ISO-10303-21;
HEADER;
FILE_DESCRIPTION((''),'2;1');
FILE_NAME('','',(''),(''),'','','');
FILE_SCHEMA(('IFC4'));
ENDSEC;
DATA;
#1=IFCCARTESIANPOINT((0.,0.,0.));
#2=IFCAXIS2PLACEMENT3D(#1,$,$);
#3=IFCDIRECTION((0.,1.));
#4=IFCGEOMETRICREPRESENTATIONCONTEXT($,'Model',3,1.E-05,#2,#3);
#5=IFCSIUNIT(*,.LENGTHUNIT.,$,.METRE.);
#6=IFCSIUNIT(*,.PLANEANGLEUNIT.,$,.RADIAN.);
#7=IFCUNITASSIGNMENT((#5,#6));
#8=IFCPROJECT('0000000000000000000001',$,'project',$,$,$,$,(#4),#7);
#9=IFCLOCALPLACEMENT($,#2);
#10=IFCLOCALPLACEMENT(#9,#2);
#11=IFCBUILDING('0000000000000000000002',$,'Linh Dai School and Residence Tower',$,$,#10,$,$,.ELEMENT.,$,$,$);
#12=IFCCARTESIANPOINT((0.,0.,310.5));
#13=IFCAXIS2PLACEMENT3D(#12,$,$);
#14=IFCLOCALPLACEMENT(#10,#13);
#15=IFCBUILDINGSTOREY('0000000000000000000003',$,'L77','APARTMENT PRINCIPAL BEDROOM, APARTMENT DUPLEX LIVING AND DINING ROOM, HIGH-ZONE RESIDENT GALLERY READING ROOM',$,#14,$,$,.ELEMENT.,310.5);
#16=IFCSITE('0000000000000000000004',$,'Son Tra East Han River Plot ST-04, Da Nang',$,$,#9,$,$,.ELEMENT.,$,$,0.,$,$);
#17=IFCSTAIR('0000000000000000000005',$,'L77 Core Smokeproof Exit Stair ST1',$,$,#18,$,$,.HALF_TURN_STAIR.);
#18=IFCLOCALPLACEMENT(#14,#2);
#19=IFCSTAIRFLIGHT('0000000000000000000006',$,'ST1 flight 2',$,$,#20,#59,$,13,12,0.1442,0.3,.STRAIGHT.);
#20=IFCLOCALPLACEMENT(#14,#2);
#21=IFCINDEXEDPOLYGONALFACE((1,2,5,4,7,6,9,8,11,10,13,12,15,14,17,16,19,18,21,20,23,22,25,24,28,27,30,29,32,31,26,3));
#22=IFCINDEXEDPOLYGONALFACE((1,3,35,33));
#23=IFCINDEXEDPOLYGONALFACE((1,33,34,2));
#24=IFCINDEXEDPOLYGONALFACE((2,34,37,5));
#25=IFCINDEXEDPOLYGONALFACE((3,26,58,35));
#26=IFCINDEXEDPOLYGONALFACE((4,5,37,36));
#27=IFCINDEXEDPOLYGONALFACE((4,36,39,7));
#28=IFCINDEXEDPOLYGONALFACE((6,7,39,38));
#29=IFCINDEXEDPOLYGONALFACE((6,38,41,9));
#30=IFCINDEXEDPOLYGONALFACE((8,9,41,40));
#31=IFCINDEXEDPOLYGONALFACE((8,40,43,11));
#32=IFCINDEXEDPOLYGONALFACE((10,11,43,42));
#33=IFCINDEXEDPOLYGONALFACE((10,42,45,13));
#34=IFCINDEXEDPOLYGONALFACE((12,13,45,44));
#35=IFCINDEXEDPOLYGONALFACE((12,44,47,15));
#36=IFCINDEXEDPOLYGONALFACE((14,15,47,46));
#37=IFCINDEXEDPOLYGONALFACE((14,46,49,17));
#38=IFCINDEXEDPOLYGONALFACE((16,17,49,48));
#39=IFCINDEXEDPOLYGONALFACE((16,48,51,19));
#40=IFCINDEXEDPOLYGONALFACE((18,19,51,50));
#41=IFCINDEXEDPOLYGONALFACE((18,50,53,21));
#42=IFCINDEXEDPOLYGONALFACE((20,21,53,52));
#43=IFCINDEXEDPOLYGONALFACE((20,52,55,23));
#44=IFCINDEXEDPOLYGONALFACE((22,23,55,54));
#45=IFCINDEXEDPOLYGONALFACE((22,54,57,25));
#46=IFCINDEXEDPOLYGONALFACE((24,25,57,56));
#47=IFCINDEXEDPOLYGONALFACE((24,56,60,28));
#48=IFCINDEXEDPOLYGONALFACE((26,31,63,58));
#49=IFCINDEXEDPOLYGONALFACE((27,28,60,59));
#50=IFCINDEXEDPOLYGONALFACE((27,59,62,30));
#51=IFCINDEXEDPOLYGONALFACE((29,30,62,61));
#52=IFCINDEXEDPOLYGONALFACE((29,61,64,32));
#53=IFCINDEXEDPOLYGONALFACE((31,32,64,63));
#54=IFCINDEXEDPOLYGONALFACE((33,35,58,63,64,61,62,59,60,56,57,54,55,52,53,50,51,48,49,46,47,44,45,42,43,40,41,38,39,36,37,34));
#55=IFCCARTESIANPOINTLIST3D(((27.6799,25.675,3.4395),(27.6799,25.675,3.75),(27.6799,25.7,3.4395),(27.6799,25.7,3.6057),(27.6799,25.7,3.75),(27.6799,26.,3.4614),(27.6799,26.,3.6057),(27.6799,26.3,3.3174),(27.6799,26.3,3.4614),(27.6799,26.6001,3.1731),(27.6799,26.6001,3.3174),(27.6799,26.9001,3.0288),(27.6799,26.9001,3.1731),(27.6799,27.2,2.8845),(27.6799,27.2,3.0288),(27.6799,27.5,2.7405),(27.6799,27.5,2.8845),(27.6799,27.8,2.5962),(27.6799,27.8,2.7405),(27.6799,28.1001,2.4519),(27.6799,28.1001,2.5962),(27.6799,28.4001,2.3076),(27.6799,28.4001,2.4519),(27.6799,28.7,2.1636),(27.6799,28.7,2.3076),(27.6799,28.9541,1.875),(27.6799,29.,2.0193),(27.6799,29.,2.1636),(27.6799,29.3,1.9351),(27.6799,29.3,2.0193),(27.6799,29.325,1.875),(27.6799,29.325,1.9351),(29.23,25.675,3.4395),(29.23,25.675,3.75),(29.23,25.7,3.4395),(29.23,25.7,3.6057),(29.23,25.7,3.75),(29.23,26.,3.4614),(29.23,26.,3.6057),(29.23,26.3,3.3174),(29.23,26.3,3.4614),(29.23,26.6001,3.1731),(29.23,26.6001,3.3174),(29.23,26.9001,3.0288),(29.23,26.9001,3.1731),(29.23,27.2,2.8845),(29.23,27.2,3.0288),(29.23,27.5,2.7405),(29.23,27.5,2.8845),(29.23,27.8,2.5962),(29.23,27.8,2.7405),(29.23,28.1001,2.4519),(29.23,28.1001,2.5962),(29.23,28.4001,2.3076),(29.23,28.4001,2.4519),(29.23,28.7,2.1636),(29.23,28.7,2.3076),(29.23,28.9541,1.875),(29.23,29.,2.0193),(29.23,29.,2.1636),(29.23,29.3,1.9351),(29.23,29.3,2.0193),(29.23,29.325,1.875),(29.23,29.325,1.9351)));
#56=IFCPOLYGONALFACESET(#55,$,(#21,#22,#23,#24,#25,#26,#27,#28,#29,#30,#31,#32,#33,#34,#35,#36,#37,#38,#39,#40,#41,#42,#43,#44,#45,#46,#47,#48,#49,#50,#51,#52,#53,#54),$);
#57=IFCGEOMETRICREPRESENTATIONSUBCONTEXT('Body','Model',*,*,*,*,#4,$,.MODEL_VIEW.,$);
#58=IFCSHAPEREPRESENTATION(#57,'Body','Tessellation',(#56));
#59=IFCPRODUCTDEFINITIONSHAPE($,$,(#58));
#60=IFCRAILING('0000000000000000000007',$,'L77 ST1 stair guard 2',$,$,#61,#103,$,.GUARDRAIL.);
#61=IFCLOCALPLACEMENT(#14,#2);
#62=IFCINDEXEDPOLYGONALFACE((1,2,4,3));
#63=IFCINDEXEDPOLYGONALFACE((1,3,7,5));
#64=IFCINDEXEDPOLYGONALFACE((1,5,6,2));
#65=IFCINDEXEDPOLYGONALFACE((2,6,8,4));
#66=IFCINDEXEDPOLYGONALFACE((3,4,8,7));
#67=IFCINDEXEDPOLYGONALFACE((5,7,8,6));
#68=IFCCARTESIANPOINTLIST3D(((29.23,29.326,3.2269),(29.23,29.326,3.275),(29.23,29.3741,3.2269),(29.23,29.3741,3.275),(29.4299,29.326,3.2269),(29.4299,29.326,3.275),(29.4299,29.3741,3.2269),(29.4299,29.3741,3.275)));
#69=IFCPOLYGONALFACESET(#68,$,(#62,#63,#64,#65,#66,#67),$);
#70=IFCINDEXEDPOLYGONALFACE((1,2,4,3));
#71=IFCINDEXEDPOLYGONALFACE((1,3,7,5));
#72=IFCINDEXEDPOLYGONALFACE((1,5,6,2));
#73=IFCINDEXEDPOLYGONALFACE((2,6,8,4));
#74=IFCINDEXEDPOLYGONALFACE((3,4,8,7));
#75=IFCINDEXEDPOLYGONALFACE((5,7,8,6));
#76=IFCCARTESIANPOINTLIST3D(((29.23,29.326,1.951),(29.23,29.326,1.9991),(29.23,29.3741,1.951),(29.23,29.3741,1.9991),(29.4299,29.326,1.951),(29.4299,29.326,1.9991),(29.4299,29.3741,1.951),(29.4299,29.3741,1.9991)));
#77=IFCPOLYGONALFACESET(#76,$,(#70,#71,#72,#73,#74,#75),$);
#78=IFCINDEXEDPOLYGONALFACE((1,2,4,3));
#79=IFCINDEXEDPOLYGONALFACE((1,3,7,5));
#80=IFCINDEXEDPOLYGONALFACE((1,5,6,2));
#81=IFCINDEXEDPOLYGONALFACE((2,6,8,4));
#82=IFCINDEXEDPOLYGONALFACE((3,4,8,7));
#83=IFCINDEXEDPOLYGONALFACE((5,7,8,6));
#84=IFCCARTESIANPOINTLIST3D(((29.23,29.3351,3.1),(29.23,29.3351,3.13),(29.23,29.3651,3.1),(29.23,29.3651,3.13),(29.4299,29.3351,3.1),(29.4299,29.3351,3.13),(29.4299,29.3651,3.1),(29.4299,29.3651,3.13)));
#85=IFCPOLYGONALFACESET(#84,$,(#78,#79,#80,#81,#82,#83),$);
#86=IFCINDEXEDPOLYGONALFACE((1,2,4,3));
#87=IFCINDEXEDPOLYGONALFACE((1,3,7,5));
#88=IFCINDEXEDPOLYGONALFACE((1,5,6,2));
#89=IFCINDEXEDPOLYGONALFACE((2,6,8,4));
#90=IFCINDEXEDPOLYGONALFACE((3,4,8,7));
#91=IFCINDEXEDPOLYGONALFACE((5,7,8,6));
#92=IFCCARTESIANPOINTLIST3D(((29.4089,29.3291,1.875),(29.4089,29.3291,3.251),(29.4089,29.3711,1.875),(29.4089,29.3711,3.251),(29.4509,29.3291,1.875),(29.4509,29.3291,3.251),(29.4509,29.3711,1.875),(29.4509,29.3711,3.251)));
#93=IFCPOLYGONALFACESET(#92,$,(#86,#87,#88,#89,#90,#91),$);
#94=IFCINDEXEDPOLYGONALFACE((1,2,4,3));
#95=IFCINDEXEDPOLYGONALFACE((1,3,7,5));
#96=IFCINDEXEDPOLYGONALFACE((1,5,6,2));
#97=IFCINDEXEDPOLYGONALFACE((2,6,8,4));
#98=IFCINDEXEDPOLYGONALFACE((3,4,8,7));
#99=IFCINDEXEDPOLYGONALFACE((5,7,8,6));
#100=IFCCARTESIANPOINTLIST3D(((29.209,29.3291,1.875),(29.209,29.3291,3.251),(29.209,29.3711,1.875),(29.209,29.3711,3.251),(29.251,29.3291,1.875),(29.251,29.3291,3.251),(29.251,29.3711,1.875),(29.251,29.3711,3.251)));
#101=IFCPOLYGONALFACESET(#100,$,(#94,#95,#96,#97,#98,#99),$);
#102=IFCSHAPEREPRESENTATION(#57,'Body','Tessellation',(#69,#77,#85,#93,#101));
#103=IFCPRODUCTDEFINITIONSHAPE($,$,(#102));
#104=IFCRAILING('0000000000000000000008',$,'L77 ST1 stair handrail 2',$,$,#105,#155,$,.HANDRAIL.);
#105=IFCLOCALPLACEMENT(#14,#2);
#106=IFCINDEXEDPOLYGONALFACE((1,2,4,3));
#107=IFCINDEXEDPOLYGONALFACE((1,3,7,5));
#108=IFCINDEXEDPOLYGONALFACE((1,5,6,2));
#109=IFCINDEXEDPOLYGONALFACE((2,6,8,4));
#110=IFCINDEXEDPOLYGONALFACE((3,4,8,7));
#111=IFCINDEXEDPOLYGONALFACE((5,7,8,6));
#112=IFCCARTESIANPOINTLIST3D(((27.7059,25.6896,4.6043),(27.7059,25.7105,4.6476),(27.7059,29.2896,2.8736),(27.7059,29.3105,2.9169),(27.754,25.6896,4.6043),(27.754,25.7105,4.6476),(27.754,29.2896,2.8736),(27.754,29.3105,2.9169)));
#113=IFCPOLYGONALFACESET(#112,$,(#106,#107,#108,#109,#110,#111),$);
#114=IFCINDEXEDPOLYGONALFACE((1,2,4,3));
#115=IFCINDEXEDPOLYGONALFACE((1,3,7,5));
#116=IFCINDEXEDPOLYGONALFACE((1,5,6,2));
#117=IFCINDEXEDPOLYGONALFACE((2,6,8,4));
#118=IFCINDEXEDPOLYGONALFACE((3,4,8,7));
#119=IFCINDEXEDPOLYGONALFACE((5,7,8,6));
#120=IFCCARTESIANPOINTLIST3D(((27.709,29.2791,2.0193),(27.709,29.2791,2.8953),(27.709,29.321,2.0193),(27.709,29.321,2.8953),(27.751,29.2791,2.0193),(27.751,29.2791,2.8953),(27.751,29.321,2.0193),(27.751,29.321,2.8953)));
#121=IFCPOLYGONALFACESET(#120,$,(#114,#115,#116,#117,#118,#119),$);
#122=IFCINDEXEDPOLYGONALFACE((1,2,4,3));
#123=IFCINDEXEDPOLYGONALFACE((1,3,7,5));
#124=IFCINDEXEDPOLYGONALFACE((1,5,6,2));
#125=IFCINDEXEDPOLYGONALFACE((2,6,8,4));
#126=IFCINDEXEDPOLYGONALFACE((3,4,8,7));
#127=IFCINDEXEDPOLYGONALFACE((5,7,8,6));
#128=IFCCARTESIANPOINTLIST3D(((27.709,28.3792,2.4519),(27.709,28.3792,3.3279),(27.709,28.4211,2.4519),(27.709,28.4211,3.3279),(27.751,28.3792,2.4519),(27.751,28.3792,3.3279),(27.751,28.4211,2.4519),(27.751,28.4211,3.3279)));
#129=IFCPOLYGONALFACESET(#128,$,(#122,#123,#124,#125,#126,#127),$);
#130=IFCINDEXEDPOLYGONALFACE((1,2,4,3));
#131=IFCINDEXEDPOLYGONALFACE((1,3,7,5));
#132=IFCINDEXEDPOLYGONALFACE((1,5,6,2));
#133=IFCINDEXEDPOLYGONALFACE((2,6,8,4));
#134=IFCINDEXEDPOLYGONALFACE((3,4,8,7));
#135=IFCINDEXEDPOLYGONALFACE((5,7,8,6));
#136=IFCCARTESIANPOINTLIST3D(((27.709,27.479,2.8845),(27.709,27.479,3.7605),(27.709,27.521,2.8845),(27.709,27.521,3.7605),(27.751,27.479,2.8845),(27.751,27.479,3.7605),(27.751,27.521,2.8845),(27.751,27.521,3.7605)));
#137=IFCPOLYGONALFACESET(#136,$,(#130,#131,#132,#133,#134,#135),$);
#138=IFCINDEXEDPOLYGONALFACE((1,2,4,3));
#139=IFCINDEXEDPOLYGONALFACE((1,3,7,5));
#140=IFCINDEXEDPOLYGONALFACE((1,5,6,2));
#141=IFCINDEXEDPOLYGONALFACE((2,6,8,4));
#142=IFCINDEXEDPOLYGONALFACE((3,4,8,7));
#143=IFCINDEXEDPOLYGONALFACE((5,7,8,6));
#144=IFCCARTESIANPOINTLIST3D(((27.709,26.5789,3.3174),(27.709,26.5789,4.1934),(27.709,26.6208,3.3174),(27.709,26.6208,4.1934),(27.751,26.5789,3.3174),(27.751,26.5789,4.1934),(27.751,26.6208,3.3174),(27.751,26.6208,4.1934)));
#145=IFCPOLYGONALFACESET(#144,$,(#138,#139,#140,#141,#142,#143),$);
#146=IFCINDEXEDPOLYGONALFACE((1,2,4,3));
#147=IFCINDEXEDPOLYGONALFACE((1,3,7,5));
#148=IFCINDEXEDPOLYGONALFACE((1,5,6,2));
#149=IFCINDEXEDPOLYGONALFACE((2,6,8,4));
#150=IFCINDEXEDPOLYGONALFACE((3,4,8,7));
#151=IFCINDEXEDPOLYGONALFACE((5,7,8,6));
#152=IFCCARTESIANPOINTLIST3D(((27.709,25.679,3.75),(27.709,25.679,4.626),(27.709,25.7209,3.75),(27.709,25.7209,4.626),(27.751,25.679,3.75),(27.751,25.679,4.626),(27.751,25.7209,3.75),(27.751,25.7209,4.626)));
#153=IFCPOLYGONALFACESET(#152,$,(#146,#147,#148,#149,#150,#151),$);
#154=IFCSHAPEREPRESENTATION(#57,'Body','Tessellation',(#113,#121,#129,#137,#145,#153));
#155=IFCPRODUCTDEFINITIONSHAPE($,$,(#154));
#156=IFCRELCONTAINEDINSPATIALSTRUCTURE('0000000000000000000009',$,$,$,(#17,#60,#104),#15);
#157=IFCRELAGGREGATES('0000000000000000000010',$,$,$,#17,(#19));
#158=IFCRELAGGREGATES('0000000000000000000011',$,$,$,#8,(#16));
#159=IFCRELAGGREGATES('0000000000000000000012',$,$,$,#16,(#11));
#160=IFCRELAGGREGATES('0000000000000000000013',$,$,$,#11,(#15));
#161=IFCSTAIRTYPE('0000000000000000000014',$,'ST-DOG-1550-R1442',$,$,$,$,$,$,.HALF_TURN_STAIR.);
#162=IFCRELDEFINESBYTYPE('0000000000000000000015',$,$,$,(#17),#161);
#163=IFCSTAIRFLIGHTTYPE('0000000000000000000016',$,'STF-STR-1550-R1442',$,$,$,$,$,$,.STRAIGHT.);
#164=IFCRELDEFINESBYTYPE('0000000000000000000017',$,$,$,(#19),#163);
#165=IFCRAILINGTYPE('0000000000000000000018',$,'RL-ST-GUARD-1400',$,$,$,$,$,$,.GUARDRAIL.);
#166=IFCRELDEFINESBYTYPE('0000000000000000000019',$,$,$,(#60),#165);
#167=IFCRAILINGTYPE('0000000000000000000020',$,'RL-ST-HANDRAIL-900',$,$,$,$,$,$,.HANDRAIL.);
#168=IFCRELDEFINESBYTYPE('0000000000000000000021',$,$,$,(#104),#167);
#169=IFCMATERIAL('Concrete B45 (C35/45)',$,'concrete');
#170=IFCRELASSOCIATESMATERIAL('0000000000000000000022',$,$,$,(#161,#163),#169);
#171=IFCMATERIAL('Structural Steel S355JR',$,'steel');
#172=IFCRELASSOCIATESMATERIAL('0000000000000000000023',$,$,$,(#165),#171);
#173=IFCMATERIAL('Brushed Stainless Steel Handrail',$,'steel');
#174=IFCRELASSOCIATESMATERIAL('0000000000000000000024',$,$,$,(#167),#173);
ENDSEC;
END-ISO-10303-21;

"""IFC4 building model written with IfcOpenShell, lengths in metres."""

from ifc_helpers import new_model, si_unit, direction, frame, origin, origin_2d, place, context, subcontext, project, spatial, polyline, rectangle, outline, extrude, source, transform, mapped, material, type_object, element, aggregate, save


model = new_model("IFC4")

# Units and contexts
model_context = context("Model", 3, precision=1e-05, world=origin(), true_north=direction((0.0, 1.0)))
body_context = subcontext(model_context, "Body", "Model", "MODEL_VIEW")
ifc_project = project(units=[si_unit("LENGTHUNIT", "METRE"), si_unit("PLANEANGLEUNIT", "RADIAN")], contexts=[model_context])

# Site, building, storey
site_placement = place(None, origin())
site = spatial("IfcSite", under=ifc_project, at=site_placement, Name="Son Tra East Han River Plot ST-04, Da Nang", CompositionType="ELEMENT", RefElevation=0.0)
building_placement = place(site_placement, origin())
building = spatial("IfcBuilding", under=site, at=building_placement, Name="Linh Dai School and Residence Tower", CompositionType="ELEMENT")
storey_placement = place(building_placement, frame((0.0, 0.0, 310.5)))
storey = spatial("IfcBuildingStorey", under=building, at=storey_placement, Name="L77", Description="APARTMENT PRINCIPAL BEDROOM, APARTMENT DUPLEX LIVING AND DINING ROOM, HIGH-ZONE RESIDENT GALLERY READING ROOM", CompositionType="ELEMENT", Elevation=310.5)

# Shared definitions
ifc_material_1 = material(Name="Structural Steel S355JR", Category="steel")

# Shared definitions
ifc_material_2 = material(Name="Concrete B45 (C35/45)", Category="concrete")

# Stair, stair flight
stair_type = type_object("IfcStairType", Name="ST-DOG-1550-R1442", PredefinedType="HALF_TURN_STAIR", material=ifc_material_2)
stair_placement = place(storey_placement, origin())
stair = element("IfcStair", 1, at=stair_placement, inside=storey, type_object=stair_type, Name="L77 Core Smokeproof Exit Stair ST1", PredefinedType="HALF_TURN_STAIR")
stair_flight_type = type_object("IfcStairFlightType", Name="STF-STR-1550-R1442", PredefinedType="STRAIGHT", material=ifc_material_2)
shared_shape_1 = source(origin(), body_context, "Body", "SweptSolid", [
    extrude(outline(polyline([(-0.0249, 0.0), (-0.0249, 0.0601), (0.0, 0.0601), (0.0, 0.1443), (0.3, 0.1443), (0.3, 0.2886), (0.6001, 0.2886), (0.6001, 0.4326), (0.8999, 0.4326), (0.8999, 0.5769), (1.2, 0.5769), (1.2, 0.7212), (1.5, 0.7212), (1.5, 0.8655), (1.8, 0.8655), (1.8, 1.0095), (2.1001, 1.0095), (2.1001, 1.1538), (2.3999, 1.1538), (2.3999, 1.2981), (2.7, 1.2981), (2.7, 1.4424), (3.0, 1.4424), (3.0, 1.5864), (3.3, 1.5864), (3.3, 1.7307), (3.6001, 1.7307), (3.6001, 1.875), (3.625, 1.875), (3.625, 1.5645), (3.6001, 1.5645), (0.3459, 0.0), (-0.0249, 0.0)])), frame((0.0, 0.7749, 0.0), z_axis=(0.0, -1.0, 0.0), x_axis=(1.0, 0.0, 0.0)), (0.0, 0.0, 1.0), 1.55),
])
stair_flight_placement = place(storey_placement, frame((28.4551, 29.3, 1.875), z_axis=(0.0, 0.0, 1.0), x_axis=(0.0, -1.0, 0.0)))
stair_flight = element("IfcStairFlight", 2, at=stair_flight_placement, type_object=stair_flight_type, Name="ST1 flight 2", NumberOfRisers=13, NumberOfTreads=12, PredefinedType="STRAIGHT", RiserHeight=0.1442, TreadLength=0.3, context=body_context, shape_type="MappedRepresentation", body=[
    mapped(shared_shape_1, transform((0.0, 0.0, 0.0), x_axis=(1.0, 0.0, 0.0), y_axis=(0.0, 1.0, 0.0), z_axis=(0.0, 0.0, 1.0), scale=1.0)),
])
aggregate(stair, [stair_flight])

# Railings
railing_type_1 = type_object("IfcRailingType", Name="RL-ST-GUARD-1400", PredefinedType="GUARDRAIL", material=ifc_material_1)
shared_shape_2 = source(origin(), body_context, "Body", "SweptSolid", [
    extrude(rectangle(XDim=0.0481, YDim=0.0481, at=origin_2d()), frame((0.0, 0.0, 1.376), z_axis=(-1.0, 0.0, 0.0), x_axis=(0.0, -1.0, 0.0)), (0.0, 0.0, 1.0), 0.2),
    extrude(rectangle(XDim=0.0481, YDim=0.0481, at=origin_2d()), frame((0.0, 0.0, 0.1001), z_axis=(-1.0, 0.0, 0.0), x_axis=(0.0, -1.0, 0.0)), (0.0, 0.0, 1.0), 0.2),
    extrude(rectangle(XDim=0.03, YDim=0.03, at=origin_2d()), frame((0.0, 0.0, 1.24), z_axis=(-1.0, 0.0, 0.0), x_axis=(0.0, -1.0, 0.0)), (0.0, 0.0, 1.0), 0.2),
    extrude(rectangle(XDim=0.042, YDim=0.042, at=origin_2d()), origin(), (0.0, 0.0, 1.0), 1.376),
    extrude(rectangle(XDim=0.042, YDim=0.042, at=origin_2d()), frame((-0.2, 0.0, 0.0)), (0.0, 0.0, 1.0), 1.376),
])
railing_1_placement = place(storey_placement, frame((29.4299, 29.3501, 1.875)))
element("IfcRailing", 3, at=railing_1_placement, inside=storey, type_object=railing_type_1, Name="L77 ST1 stair guard 2", PredefinedType="GUARDRAIL", context=body_context, shape_type="MappedRepresentation", body=[
    mapped(shared_shape_2, transform((0.0, 0.0, 0.0), x_axis=(1.0, 0.0, 0.0), y_axis=(0.0, 1.0, 0.0), z_axis=(0.0, 0.0, 1.0), scale=1.0)),
])
ifc_material_3 = material(Name="Brushed Stainless Steel Handrail", Category="steel")
railing_type_2 = type_object("IfcRailingType", Name="RL-ST-HANDRAIL-900", PredefinedType="HANDRAIL", material=ifc_material_3)
shared_shape_3 = source(origin(), body_context, "Body", "SweptSolid", [
    extrude(rectangle(XDim=0.0481, YDim=0.0481, at=origin_2d()), frame((0.0, 0.0, 0.876), z_axis=(0.0, -0.901263, 0.433273), x_axis=(1.0, 0.0, 0.0)), (0.0, 0.0, 1.0), 3.9944),
    extrude(rectangle(XDim=0.042, YDim=0.042, at=origin_2d()), origin(), (0.0, 0.0, 1.0), 0.876),
    extrude(rectangle(XDim=0.042, YDim=0.042, at=origin_2d()), frame((0.0, -0.8999, 0.4326)), (0.0, 0.0, 1.0), 0.876),
    extrude(rectangle(XDim=0.042, YDim=0.042, at=origin_2d()), frame((0.0, -1.8, 0.8652)), (0.0, 0.0, 1.0), 0.876),
    extrude(rectangle(XDim=0.042, YDim=0.042, at=origin_2d()), frame((0.0, -2.7002, 1.2981)), (0.0, 0.0, 1.0), 0.876),
    extrude(rectangle(XDim=0.042, YDim=0.042, at=origin_2d()), frame((0.0, -3.6001, 1.7307)), (0.0, 0.0, 1.0), 0.876),
])
railing_2_placement = place(storey_placement, frame((27.73, 29.3, 2.0193)))
element("IfcRailing", 4, at=railing_2_placement, inside=storey, type_object=railing_type_2, Name="L77 ST1 stair handrail 2", PredefinedType="HANDRAIL", context=body_context, shape_type="MappedRepresentation", body=[
    mapped(shared_shape_3, transform((0.0, 0.0, 0.0), x_axis=(1.0, 0.0, 0.0), y_axis=(0.0, 1.0, 0.0), z_axis=(0.0, 0.0, 1.0), scale=1.0)),
])

save(model, "model.ifc")
